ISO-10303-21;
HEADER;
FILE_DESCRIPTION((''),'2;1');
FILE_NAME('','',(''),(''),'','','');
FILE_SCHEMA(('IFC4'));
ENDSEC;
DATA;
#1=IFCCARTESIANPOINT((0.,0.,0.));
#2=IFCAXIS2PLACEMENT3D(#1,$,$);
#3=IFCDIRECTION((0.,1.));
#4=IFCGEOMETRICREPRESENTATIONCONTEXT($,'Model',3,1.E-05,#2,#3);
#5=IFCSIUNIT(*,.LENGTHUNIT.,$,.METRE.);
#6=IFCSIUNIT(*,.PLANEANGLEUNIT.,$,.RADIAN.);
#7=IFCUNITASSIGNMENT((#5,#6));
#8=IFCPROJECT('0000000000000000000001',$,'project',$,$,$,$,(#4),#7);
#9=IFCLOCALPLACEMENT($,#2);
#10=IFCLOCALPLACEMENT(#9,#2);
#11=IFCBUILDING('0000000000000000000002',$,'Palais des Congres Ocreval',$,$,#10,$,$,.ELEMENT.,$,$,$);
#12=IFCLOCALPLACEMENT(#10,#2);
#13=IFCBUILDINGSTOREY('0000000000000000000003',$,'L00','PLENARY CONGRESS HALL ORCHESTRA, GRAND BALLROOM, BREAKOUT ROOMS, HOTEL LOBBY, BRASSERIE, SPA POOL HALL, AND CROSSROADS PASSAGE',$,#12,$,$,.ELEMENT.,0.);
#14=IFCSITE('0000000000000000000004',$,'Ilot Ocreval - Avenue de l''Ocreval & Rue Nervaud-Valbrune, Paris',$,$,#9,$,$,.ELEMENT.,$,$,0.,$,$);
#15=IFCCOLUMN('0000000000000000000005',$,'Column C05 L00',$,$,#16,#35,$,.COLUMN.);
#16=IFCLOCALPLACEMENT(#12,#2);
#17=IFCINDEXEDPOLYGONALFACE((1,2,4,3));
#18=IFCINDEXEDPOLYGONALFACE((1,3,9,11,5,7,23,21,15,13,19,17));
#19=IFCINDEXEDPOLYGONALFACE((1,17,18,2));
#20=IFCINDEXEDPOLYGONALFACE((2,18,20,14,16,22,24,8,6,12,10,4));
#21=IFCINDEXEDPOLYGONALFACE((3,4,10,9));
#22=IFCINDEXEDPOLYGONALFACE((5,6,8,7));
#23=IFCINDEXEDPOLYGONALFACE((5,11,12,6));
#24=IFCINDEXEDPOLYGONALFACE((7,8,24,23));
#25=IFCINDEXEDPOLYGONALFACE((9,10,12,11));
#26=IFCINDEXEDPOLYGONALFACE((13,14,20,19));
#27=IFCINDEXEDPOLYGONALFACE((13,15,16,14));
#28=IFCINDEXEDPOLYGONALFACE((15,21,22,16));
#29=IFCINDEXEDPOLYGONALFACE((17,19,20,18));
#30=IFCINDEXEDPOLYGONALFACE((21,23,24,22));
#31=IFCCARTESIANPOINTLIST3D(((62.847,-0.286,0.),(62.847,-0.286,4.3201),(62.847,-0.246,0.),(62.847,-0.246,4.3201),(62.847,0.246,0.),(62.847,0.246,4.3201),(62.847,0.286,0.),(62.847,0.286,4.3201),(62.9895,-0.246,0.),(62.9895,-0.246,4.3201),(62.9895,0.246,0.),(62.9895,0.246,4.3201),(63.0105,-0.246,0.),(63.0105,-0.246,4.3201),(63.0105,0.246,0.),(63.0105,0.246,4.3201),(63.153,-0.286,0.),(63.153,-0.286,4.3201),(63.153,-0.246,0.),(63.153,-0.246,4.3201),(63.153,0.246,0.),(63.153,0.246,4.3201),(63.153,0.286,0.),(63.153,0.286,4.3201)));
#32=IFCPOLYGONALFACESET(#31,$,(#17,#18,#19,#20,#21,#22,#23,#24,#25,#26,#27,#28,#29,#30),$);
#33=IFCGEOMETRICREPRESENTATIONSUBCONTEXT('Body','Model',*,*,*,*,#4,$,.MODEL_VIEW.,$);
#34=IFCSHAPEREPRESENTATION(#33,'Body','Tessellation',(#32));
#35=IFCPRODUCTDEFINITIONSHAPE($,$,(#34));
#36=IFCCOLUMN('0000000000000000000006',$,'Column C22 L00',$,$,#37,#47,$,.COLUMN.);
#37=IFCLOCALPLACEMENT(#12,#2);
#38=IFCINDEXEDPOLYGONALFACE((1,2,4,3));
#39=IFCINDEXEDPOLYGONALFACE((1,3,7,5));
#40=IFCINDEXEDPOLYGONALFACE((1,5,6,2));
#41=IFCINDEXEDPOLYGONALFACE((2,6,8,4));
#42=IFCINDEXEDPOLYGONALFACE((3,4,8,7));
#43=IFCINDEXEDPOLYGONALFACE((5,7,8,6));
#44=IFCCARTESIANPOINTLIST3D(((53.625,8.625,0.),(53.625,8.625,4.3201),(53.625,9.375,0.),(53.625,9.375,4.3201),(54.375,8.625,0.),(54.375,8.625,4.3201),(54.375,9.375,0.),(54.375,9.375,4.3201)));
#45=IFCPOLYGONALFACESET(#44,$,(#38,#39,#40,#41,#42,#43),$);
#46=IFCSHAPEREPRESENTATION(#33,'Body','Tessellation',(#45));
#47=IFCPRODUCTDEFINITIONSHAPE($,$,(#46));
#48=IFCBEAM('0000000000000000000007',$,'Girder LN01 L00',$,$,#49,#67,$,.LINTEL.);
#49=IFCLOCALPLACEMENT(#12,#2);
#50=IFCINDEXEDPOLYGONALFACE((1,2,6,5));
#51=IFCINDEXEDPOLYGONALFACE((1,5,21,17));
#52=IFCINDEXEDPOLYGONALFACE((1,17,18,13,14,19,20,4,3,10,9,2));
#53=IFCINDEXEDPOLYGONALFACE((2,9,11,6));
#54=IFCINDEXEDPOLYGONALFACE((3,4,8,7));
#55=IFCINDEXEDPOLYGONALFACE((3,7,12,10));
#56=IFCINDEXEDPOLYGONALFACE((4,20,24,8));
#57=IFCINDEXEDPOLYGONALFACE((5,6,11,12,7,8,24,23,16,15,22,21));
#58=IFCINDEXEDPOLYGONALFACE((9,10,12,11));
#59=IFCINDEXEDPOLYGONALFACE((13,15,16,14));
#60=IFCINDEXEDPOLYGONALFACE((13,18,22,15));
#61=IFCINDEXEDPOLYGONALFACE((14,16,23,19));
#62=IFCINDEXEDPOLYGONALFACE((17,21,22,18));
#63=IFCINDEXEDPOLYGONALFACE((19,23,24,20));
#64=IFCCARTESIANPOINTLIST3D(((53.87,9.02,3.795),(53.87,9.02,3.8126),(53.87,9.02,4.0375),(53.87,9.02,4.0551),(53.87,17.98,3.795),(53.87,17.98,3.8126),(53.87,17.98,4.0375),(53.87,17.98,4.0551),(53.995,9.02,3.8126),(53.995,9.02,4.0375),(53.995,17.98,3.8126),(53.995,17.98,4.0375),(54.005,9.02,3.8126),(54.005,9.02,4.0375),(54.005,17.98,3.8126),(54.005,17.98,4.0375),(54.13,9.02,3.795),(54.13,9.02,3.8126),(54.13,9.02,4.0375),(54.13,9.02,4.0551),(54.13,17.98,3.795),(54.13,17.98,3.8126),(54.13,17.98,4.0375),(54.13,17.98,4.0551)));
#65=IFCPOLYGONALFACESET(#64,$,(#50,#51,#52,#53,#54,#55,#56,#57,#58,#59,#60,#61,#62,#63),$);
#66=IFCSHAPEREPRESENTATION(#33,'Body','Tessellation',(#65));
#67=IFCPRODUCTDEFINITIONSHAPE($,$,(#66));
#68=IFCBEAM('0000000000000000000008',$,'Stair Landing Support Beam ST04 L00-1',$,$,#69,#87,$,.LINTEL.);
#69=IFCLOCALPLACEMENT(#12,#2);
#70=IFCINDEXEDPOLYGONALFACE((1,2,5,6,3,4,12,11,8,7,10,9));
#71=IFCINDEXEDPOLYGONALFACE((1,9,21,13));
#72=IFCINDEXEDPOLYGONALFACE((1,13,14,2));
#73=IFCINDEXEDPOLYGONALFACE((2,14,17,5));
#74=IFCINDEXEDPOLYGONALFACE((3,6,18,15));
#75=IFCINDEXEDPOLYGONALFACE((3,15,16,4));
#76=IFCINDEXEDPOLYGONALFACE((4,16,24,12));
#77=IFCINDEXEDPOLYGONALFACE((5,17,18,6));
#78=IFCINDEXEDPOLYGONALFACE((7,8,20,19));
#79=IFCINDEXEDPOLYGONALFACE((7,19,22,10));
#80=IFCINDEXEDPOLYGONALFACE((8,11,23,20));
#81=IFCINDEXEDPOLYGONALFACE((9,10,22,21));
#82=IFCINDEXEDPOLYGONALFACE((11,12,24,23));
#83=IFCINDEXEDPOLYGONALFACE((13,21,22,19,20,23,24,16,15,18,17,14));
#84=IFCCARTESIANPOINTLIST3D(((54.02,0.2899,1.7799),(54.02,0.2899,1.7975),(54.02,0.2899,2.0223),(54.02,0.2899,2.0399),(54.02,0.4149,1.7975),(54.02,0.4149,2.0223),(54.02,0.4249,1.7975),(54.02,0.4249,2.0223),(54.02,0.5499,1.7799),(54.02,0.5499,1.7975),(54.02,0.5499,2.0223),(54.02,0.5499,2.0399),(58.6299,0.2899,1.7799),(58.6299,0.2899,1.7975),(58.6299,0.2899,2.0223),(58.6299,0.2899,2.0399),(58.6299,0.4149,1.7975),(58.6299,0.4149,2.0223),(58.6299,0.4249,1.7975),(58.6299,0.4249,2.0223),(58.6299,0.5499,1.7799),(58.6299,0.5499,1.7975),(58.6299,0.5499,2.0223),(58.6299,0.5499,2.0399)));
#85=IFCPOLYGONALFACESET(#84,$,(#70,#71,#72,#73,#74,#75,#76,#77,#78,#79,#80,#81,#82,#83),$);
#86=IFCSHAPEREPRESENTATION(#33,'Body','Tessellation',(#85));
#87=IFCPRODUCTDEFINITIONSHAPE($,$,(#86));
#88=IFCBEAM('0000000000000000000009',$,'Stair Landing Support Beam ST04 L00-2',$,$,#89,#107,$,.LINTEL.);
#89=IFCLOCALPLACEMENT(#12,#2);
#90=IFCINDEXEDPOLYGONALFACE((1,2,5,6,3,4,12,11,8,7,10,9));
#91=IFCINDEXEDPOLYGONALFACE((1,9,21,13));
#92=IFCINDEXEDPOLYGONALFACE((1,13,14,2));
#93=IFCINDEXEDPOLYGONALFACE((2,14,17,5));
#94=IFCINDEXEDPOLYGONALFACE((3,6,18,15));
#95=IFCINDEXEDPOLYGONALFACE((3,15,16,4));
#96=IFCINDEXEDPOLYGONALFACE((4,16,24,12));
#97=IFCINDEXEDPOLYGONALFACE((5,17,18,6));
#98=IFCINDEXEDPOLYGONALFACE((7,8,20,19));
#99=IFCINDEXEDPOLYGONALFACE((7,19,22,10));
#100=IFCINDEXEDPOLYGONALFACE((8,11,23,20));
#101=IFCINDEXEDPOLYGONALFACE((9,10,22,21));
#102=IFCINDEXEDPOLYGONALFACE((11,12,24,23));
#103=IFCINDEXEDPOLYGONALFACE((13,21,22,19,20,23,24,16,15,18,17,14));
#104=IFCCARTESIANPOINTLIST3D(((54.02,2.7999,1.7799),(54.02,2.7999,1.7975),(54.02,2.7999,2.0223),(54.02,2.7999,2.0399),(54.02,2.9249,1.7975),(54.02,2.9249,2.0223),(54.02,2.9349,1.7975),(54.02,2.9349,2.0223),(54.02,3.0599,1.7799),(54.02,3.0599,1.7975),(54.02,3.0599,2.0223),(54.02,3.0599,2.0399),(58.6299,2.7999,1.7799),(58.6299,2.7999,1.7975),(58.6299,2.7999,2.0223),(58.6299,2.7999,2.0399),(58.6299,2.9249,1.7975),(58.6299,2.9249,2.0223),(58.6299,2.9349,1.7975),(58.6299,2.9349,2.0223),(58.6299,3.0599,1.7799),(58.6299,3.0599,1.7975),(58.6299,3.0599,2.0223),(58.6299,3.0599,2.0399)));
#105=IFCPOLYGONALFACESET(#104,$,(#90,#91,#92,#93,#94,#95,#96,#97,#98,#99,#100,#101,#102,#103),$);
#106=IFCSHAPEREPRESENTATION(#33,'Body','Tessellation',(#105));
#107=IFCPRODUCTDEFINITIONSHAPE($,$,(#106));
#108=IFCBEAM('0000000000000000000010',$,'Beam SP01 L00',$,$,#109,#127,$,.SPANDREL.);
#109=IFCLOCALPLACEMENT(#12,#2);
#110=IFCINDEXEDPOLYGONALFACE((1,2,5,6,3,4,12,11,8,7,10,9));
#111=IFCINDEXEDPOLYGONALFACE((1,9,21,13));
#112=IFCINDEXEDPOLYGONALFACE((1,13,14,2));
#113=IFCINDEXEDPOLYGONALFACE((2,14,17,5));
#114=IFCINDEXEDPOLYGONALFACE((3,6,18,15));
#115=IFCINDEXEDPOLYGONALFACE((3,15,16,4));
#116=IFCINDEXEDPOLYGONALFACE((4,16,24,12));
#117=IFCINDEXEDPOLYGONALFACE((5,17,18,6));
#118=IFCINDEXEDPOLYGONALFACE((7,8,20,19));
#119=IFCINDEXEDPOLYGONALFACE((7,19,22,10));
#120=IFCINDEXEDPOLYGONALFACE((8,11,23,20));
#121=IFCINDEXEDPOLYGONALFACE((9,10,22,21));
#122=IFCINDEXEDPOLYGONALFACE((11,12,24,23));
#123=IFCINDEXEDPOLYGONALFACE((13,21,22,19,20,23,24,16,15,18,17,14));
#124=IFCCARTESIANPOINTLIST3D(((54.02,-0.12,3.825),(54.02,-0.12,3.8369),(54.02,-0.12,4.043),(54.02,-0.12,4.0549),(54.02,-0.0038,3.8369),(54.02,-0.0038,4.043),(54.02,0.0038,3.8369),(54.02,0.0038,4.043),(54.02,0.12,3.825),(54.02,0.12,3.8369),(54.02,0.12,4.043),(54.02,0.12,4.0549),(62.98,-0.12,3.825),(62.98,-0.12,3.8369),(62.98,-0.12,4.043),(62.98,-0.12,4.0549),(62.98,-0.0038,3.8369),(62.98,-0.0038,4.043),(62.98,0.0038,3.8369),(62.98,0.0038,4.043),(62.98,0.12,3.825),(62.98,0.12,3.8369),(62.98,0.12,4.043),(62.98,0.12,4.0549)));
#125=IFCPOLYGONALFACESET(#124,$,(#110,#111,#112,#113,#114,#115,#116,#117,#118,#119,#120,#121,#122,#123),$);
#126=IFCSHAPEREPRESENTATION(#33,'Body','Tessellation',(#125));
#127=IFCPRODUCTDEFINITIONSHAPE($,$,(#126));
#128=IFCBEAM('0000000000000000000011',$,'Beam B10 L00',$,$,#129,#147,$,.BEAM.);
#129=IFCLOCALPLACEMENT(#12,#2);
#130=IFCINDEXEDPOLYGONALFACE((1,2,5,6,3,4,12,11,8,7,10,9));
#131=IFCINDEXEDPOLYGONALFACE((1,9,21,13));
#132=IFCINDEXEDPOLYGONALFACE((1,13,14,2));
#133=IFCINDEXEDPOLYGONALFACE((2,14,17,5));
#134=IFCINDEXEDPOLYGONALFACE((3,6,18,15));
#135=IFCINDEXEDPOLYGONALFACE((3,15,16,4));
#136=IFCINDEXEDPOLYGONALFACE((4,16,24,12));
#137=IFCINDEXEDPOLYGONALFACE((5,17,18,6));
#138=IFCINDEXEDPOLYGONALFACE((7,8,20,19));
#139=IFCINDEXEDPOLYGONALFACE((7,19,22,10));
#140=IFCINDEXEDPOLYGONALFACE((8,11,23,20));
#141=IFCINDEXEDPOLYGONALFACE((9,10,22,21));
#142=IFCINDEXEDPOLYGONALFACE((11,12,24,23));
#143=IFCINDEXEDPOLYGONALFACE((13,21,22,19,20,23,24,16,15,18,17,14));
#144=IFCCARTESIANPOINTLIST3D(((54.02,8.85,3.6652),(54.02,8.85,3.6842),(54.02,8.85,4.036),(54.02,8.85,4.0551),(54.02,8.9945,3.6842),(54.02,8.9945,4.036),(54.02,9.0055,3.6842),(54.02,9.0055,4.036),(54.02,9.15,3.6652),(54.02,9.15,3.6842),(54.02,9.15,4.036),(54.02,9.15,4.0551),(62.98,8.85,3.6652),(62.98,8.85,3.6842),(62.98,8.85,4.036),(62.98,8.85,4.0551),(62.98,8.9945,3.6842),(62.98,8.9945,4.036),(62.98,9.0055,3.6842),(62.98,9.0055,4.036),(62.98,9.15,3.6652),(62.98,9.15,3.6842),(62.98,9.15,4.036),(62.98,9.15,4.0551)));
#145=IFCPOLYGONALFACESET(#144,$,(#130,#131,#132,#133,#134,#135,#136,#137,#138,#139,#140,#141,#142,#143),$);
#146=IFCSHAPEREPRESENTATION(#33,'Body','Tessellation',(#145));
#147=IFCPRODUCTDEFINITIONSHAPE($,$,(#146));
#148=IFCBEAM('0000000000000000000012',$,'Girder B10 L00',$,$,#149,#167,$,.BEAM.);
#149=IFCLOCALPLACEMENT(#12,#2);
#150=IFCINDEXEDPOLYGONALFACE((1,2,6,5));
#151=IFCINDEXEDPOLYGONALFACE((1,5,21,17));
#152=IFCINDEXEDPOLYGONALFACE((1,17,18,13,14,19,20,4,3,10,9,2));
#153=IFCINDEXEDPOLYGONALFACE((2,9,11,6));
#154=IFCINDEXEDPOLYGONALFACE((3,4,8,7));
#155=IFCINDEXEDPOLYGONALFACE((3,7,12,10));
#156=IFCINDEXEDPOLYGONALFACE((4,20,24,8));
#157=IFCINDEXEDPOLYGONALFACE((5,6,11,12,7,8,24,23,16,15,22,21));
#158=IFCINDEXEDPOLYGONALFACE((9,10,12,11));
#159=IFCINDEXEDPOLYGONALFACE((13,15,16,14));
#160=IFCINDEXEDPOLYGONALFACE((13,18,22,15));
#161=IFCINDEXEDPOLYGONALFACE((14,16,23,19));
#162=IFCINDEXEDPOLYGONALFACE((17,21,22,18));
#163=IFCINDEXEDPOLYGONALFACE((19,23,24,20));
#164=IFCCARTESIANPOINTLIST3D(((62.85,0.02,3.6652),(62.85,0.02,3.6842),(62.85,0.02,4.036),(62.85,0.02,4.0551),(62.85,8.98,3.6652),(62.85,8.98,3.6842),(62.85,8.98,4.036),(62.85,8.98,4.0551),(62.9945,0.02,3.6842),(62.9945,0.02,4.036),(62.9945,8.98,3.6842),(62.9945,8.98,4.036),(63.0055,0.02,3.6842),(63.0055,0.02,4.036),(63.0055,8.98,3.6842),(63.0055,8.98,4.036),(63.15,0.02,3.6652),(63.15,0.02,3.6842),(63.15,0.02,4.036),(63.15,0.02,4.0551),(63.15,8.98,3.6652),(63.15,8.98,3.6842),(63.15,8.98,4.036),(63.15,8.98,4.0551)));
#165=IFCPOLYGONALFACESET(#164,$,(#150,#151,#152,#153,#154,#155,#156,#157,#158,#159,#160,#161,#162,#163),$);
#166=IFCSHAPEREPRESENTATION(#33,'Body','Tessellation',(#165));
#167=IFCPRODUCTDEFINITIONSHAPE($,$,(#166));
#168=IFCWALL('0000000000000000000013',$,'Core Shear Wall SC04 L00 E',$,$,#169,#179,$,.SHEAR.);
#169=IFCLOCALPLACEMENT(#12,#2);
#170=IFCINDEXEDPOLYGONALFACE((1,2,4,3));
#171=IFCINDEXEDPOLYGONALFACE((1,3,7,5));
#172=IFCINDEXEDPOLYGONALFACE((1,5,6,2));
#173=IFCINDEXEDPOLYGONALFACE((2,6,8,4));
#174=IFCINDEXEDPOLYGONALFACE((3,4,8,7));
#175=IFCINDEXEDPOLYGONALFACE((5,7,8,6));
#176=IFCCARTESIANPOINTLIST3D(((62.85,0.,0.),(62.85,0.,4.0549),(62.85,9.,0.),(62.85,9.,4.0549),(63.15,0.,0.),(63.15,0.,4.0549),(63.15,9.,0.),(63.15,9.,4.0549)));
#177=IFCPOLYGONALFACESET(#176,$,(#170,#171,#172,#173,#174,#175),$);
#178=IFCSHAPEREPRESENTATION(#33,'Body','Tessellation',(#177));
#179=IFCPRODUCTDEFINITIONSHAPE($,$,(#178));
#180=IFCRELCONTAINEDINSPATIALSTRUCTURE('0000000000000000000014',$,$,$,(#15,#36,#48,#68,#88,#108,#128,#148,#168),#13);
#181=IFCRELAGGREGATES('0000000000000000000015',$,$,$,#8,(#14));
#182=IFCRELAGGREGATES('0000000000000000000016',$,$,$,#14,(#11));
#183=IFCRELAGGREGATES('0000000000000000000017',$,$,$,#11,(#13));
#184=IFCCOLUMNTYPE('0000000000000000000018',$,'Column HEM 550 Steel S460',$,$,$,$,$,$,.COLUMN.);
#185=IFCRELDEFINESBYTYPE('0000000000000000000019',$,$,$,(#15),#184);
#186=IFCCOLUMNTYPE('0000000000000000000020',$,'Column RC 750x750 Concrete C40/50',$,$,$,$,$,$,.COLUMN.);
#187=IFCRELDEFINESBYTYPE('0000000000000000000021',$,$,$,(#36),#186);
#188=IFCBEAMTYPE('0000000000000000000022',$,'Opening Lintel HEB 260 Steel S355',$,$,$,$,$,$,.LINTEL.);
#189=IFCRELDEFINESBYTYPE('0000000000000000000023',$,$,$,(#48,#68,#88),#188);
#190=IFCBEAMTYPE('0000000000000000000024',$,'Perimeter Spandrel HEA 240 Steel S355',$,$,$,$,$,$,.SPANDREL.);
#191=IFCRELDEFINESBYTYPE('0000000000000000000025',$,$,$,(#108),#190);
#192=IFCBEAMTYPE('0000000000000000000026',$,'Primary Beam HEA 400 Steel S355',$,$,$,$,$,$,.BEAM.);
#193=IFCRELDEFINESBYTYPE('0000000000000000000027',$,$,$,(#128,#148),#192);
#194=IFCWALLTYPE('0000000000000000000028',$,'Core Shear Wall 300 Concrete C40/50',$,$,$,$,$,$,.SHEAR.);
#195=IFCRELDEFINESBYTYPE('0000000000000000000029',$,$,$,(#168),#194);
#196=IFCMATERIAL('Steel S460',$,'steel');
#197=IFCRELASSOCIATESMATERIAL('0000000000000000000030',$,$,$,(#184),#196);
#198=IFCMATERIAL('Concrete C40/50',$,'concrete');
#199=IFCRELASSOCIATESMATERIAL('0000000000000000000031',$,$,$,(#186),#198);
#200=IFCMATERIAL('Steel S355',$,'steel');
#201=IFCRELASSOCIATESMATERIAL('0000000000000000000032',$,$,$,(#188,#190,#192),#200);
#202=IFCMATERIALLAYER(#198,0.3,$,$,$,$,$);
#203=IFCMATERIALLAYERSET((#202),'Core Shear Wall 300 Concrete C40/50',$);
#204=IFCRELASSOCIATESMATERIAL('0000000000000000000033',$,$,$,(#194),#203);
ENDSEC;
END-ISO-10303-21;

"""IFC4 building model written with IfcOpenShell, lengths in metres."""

from ifc_helpers import new_model, si_unit, direction, frame, frame_2d, origin, origin_2d, place, context, subcontext, project, spatial, rectangle, i_section, extrude, material, layer, layer_set, material_profile, profile_set, type_object, element, save


model = new_model("IFC4")

# Units and contexts
model_context = context("Model", 3, precision=1e-05, world=origin(), true_north=direction((0.0, 1.0)))
body_context = subcontext(model_context, "Body", "Model", "MODEL_VIEW")
ifc_project = project(units=[si_unit("LENGTHUNIT", "METRE"), si_unit("PLANEANGLEUNIT", "RADIAN")], contexts=[model_context])

# Site, building, storey
site_placement = place(None, origin())
site = spatial("IfcSite", under=ifc_project, at=site_placement, Name="Ilot Ocreval - Avenue de l'Ocreval & Rue Nervaud-Valbrune, Paris", CompositionType="ELEMENT", RefElevation=0.0)
building_placement = place(site_placement, origin())
building = spatial("IfcBuilding", under=site, at=building_placement, Name="Palais des Congres Ocreval", CompositionType="ELEMENT")
storey_placement = place(building_placement, origin())
storey = spatial("IfcBuildingStorey", under=building, at=storey_placement, Name="L00", Description="PLENARY CONGRESS HALL ORCHESTRA, GRAND BALLROOM, BREAKOUT ROOMS, HOTEL LOBBY, BRASSERIE, SPA POOL HALL, AND CROSSROADS PASSAGE", CompositionType="ELEMENT", Elevation=0.0)

# Columns
ifc_material_1 = material(Name="Steel S460", Category="steel")
ifc_material_profile_1 = material_profile(ifc_material_1, i_section(OverallWidth=0.3059, OverallDepth=0.572, WebThickness=0.021, FlangeThickness=0.04, at=origin_2d()), Name="HEM 550")
ifc_profile_set_1 = profile_set([ifc_material_profile_1], Name="Steel S460")
column_type_1 = type_object("IfcColumnType", Name="Column HEM 550 Steel S460", PredefinedType="COLUMN", material=ifc_profile_set_1)
column_1_placement = place(storey_placement, frame((63.0, 0.0, 0.0), z_axis=(0.0, 0.0, 1.0), x_axis=(1.0, 0.0, 0.0)))
element("IfcColumn", 1, at=column_1_placement, inside=storey, type_object=column_type_1, Name="Column C05 L00", PredefinedType="COLUMN", context=body_context, shape_type="SweptSolid", body=[
    extrude(i_section(OverallWidth=0.3059, OverallDepth=0.572, WebThickness=0.021, FlangeThickness=0.04, at=origin_2d()), origin(), (0.0, 0.0, 1.0), 4.3201),
])
ifc_material_2 = material(Name="Concrete C40/50", Category="concrete")
ifc_material_profile_2 = material_profile(ifc_material_2, rectangle(XDim=0.75, YDim=0.75, at=origin_2d()), Name="RC 750x750")
ifc_profile_set_2 = profile_set([ifc_material_profile_2], Name="Concrete C40/50")
column_type_2 = type_object("IfcColumnType", Name="Column RC 750x750 Concrete C40/50", PredefinedType="COLUMN", material=ifc_profile_set_2)
column_2_placement = place(storey_placement, frame((54.0, 9.0, 0.0), z_axis=(0.0, 0.0, 1.0), x_axis=(1.0, 0.0, 0.0)))
element("IfcColumn", 2, at=column_2_placement, inside=storey, type_object=column_type_2, Name="Column C22 L00", PredefinedType="COLUMN", context=body_context, shape_type="SweptSolid", body=[
    extrude(rectangle(XDim=0.75, YDim=0.75, at=origin_2d()), origin(), (0.0, 0.0, 1.0), 4.3201),
])

# Beams
ifc_material_3 = material(Name="Steel S355", Category="steel")
ifc_material_profile_3 = material_profile(ifc_material_3, i_section(OverallWidth=0.26, OverallDepth=0.26, WebThickness=0.01, FlangeThickness=0.0176, at=origin_2d()), Name="HEB 260")
ifc_profile_set_3 = profile_set([ifc_material_profile_3], Name="Steel S355")
beam_type_1 = type_object("IfcBeamType", Name="Opening Lintel HEB 260 Steel S355", PredefinedType="LINTEL", material=ifc_profile_set_3)
beam_1_placement = place(storey_placement, frame((54.0, 9.02, 3.925), z_axis=(0.0, 1.0, 0.0), x_axis=(-1.0, 0.0, 0.0)))
element("IfcBeam", 3, at=beam_1_placement, inside=storey, type_object=beam_type_1, Name="Girder LN01 L00", PredefinedType="LINTEL", context=body_context, shape_type="SweptSolid", body=[
    extrude(i_section(OverallWidth=0.26, OverallDepth=0.26, WebThickness=0.01, FlangeThickness=0.0176, at=origin_2d()), origin(), (0.0, 0.0, 1.0), 8.96),
])
for number, where, z_axis, x_axis, name in (
    (4, (54.02, 0.4199, 1.9099), (1.0, 0.0, 0.0), (0.0, 1.0, 0.0), "Stair Landing Support Beam ST04 L00-1"),
    (5, (54.02, 2.9299, 1.9099), (1.0, 0.0, 0.0), (0.0, 1.0, 0.0), "Stair Landing Support Beam ST04 L00-2"),
):
    element("IfcBeam", number, at=place(storey_placement, frame(where, z_axis=z_axis, x_axis=x_axis)), inside=storey, type_object=beam_type_1, Name=name, PredefinedType="LINTEL", context=body_context, shape_type="SweptSolid", body=[
        extrude(i_section(OverallWidth=0.26, OverallDepth=0.26, WebThickness=0.01, FlangeThickness=0.0176, at=origin_2d()), origin(), (0.0, 0.0, 1.0), 4.6099),
    ])
ifc_material_profile_4 = material_profile(ifc_material_3, i_section(OverallWidth=0.24, OverallDepth=0.23, WebThickness=0.0076, FlangeThickness=0.012, at=origin_2d()), Name="HEA 240")
ifc_profile_set_4 = profile_set([ifc_material_profile_4], Name="Steel S355")
beam_type_2 = type_object("IfcBeamType", Name="Perimeter Spandrel HEA 240 Steel S355", PredefinedType="SPANDREL", material=ifc_profile_set_4)
beam_2_placement = place(storey_placement, frame((54.02, 0.0, 3.9399), z_axis=(1.0, 0.0, 0.0), x_axis=(0.0, 1.0, 0.0)))
element("IfcBeam", 6, at=beam_2_placement, inside=storey, type_object=beam_type_2, Name="Beam SP01 L00", PredefinedType="SPANDREL", context=body_context, shape_type="SweptSolid", body=[
    extrude(i_section(OverallWidth=0.24, OverallDepth=0.23, WebThickness=0.0076, FlangeThickness=0.012, at=origin_2d()), origin(), (0.0, 0.0, 1.0), 8.96),
])
ifc_material_profile_5 = material_profile(ifc_material_3, i_section(OverallWidth=0.3, OverallDepth=0.3899, WebThickness=0.011, FlangeThickness=0.019, at=origin_2d()), Name="HEA 400")
ifc_profile_set_5 = profile_set([ifc_material_profile_5], Name="Steel S355")
beam_type_3 = type_object("IfcBeamType", Name="Primary Beam HEA 400 Steel S355", PredefinedType="BEAM", material=ifc_profile_set_5)
for number, where, z_axis, x_axis, name in (
    (7, (54.02, 9.0, 3.8601), (1.0, 0.0, 0.0), (0.0, 1.0, 0.0), "Beam B10 L00"),
    (8, (63.0, 0.02, 3.8601), (0.0, 1.0, 0.0), (-1.0, 0.0, 0.0), "Girder B10 L00"),
):
    element("IfcBeam", number, at=place(storey_placement, frame(where, z_axis=z_axis, x_axis=x_axis)), inside=storey, type_object=beam_type_3, Name=name, PredefinedType="BEAM", context=body_context, shape_type="SweptSolid", body=[
        extrude(i_section(OverallWidth=0.3, OverallDepth=0.3899, WebThickness=0.011, FlangeThickness=0.019, at=origin_2d()), origin(), (0.0, 0.0, 1.0), 8.96),
    ])

# Wall
ifc_layer_1 = layer(ifc_material_2, 0.3)
ifc_layer_set_1 = layer_set([ifc_layer_1], Name="Core Shear Wall 300 Concrete C40/50")
wall_type_1 = type_object("IfcWallType", Name="Core Shear Wall 300 Concrete C40/50", PredefinedType="SHEAR", material=ifc_layer_set_1)
wall_1_placement = place(storey_placement, frame((63.0, 0.0, 0.0), z_axis=(0.0, 0.0, 1.0), x_axis=(0.0, 1.0, 0.0)))
element("IfcWall", 9, at=wall_1_placement, inside=storey, type_object=wall_type_1, Name="Core Shear Wall SC04 L00 E", PredefinedType="SHEAR", context=body_context, shape_type="SweptSolid", body=[
    extrude(rectangle(XDim=9.0, YDim=0.3, at=frame_2d((4.5, 0.0))), origin(), (0.0, 0.0, 1.0), 4.0549),
])

save(model, "model.ifc")
